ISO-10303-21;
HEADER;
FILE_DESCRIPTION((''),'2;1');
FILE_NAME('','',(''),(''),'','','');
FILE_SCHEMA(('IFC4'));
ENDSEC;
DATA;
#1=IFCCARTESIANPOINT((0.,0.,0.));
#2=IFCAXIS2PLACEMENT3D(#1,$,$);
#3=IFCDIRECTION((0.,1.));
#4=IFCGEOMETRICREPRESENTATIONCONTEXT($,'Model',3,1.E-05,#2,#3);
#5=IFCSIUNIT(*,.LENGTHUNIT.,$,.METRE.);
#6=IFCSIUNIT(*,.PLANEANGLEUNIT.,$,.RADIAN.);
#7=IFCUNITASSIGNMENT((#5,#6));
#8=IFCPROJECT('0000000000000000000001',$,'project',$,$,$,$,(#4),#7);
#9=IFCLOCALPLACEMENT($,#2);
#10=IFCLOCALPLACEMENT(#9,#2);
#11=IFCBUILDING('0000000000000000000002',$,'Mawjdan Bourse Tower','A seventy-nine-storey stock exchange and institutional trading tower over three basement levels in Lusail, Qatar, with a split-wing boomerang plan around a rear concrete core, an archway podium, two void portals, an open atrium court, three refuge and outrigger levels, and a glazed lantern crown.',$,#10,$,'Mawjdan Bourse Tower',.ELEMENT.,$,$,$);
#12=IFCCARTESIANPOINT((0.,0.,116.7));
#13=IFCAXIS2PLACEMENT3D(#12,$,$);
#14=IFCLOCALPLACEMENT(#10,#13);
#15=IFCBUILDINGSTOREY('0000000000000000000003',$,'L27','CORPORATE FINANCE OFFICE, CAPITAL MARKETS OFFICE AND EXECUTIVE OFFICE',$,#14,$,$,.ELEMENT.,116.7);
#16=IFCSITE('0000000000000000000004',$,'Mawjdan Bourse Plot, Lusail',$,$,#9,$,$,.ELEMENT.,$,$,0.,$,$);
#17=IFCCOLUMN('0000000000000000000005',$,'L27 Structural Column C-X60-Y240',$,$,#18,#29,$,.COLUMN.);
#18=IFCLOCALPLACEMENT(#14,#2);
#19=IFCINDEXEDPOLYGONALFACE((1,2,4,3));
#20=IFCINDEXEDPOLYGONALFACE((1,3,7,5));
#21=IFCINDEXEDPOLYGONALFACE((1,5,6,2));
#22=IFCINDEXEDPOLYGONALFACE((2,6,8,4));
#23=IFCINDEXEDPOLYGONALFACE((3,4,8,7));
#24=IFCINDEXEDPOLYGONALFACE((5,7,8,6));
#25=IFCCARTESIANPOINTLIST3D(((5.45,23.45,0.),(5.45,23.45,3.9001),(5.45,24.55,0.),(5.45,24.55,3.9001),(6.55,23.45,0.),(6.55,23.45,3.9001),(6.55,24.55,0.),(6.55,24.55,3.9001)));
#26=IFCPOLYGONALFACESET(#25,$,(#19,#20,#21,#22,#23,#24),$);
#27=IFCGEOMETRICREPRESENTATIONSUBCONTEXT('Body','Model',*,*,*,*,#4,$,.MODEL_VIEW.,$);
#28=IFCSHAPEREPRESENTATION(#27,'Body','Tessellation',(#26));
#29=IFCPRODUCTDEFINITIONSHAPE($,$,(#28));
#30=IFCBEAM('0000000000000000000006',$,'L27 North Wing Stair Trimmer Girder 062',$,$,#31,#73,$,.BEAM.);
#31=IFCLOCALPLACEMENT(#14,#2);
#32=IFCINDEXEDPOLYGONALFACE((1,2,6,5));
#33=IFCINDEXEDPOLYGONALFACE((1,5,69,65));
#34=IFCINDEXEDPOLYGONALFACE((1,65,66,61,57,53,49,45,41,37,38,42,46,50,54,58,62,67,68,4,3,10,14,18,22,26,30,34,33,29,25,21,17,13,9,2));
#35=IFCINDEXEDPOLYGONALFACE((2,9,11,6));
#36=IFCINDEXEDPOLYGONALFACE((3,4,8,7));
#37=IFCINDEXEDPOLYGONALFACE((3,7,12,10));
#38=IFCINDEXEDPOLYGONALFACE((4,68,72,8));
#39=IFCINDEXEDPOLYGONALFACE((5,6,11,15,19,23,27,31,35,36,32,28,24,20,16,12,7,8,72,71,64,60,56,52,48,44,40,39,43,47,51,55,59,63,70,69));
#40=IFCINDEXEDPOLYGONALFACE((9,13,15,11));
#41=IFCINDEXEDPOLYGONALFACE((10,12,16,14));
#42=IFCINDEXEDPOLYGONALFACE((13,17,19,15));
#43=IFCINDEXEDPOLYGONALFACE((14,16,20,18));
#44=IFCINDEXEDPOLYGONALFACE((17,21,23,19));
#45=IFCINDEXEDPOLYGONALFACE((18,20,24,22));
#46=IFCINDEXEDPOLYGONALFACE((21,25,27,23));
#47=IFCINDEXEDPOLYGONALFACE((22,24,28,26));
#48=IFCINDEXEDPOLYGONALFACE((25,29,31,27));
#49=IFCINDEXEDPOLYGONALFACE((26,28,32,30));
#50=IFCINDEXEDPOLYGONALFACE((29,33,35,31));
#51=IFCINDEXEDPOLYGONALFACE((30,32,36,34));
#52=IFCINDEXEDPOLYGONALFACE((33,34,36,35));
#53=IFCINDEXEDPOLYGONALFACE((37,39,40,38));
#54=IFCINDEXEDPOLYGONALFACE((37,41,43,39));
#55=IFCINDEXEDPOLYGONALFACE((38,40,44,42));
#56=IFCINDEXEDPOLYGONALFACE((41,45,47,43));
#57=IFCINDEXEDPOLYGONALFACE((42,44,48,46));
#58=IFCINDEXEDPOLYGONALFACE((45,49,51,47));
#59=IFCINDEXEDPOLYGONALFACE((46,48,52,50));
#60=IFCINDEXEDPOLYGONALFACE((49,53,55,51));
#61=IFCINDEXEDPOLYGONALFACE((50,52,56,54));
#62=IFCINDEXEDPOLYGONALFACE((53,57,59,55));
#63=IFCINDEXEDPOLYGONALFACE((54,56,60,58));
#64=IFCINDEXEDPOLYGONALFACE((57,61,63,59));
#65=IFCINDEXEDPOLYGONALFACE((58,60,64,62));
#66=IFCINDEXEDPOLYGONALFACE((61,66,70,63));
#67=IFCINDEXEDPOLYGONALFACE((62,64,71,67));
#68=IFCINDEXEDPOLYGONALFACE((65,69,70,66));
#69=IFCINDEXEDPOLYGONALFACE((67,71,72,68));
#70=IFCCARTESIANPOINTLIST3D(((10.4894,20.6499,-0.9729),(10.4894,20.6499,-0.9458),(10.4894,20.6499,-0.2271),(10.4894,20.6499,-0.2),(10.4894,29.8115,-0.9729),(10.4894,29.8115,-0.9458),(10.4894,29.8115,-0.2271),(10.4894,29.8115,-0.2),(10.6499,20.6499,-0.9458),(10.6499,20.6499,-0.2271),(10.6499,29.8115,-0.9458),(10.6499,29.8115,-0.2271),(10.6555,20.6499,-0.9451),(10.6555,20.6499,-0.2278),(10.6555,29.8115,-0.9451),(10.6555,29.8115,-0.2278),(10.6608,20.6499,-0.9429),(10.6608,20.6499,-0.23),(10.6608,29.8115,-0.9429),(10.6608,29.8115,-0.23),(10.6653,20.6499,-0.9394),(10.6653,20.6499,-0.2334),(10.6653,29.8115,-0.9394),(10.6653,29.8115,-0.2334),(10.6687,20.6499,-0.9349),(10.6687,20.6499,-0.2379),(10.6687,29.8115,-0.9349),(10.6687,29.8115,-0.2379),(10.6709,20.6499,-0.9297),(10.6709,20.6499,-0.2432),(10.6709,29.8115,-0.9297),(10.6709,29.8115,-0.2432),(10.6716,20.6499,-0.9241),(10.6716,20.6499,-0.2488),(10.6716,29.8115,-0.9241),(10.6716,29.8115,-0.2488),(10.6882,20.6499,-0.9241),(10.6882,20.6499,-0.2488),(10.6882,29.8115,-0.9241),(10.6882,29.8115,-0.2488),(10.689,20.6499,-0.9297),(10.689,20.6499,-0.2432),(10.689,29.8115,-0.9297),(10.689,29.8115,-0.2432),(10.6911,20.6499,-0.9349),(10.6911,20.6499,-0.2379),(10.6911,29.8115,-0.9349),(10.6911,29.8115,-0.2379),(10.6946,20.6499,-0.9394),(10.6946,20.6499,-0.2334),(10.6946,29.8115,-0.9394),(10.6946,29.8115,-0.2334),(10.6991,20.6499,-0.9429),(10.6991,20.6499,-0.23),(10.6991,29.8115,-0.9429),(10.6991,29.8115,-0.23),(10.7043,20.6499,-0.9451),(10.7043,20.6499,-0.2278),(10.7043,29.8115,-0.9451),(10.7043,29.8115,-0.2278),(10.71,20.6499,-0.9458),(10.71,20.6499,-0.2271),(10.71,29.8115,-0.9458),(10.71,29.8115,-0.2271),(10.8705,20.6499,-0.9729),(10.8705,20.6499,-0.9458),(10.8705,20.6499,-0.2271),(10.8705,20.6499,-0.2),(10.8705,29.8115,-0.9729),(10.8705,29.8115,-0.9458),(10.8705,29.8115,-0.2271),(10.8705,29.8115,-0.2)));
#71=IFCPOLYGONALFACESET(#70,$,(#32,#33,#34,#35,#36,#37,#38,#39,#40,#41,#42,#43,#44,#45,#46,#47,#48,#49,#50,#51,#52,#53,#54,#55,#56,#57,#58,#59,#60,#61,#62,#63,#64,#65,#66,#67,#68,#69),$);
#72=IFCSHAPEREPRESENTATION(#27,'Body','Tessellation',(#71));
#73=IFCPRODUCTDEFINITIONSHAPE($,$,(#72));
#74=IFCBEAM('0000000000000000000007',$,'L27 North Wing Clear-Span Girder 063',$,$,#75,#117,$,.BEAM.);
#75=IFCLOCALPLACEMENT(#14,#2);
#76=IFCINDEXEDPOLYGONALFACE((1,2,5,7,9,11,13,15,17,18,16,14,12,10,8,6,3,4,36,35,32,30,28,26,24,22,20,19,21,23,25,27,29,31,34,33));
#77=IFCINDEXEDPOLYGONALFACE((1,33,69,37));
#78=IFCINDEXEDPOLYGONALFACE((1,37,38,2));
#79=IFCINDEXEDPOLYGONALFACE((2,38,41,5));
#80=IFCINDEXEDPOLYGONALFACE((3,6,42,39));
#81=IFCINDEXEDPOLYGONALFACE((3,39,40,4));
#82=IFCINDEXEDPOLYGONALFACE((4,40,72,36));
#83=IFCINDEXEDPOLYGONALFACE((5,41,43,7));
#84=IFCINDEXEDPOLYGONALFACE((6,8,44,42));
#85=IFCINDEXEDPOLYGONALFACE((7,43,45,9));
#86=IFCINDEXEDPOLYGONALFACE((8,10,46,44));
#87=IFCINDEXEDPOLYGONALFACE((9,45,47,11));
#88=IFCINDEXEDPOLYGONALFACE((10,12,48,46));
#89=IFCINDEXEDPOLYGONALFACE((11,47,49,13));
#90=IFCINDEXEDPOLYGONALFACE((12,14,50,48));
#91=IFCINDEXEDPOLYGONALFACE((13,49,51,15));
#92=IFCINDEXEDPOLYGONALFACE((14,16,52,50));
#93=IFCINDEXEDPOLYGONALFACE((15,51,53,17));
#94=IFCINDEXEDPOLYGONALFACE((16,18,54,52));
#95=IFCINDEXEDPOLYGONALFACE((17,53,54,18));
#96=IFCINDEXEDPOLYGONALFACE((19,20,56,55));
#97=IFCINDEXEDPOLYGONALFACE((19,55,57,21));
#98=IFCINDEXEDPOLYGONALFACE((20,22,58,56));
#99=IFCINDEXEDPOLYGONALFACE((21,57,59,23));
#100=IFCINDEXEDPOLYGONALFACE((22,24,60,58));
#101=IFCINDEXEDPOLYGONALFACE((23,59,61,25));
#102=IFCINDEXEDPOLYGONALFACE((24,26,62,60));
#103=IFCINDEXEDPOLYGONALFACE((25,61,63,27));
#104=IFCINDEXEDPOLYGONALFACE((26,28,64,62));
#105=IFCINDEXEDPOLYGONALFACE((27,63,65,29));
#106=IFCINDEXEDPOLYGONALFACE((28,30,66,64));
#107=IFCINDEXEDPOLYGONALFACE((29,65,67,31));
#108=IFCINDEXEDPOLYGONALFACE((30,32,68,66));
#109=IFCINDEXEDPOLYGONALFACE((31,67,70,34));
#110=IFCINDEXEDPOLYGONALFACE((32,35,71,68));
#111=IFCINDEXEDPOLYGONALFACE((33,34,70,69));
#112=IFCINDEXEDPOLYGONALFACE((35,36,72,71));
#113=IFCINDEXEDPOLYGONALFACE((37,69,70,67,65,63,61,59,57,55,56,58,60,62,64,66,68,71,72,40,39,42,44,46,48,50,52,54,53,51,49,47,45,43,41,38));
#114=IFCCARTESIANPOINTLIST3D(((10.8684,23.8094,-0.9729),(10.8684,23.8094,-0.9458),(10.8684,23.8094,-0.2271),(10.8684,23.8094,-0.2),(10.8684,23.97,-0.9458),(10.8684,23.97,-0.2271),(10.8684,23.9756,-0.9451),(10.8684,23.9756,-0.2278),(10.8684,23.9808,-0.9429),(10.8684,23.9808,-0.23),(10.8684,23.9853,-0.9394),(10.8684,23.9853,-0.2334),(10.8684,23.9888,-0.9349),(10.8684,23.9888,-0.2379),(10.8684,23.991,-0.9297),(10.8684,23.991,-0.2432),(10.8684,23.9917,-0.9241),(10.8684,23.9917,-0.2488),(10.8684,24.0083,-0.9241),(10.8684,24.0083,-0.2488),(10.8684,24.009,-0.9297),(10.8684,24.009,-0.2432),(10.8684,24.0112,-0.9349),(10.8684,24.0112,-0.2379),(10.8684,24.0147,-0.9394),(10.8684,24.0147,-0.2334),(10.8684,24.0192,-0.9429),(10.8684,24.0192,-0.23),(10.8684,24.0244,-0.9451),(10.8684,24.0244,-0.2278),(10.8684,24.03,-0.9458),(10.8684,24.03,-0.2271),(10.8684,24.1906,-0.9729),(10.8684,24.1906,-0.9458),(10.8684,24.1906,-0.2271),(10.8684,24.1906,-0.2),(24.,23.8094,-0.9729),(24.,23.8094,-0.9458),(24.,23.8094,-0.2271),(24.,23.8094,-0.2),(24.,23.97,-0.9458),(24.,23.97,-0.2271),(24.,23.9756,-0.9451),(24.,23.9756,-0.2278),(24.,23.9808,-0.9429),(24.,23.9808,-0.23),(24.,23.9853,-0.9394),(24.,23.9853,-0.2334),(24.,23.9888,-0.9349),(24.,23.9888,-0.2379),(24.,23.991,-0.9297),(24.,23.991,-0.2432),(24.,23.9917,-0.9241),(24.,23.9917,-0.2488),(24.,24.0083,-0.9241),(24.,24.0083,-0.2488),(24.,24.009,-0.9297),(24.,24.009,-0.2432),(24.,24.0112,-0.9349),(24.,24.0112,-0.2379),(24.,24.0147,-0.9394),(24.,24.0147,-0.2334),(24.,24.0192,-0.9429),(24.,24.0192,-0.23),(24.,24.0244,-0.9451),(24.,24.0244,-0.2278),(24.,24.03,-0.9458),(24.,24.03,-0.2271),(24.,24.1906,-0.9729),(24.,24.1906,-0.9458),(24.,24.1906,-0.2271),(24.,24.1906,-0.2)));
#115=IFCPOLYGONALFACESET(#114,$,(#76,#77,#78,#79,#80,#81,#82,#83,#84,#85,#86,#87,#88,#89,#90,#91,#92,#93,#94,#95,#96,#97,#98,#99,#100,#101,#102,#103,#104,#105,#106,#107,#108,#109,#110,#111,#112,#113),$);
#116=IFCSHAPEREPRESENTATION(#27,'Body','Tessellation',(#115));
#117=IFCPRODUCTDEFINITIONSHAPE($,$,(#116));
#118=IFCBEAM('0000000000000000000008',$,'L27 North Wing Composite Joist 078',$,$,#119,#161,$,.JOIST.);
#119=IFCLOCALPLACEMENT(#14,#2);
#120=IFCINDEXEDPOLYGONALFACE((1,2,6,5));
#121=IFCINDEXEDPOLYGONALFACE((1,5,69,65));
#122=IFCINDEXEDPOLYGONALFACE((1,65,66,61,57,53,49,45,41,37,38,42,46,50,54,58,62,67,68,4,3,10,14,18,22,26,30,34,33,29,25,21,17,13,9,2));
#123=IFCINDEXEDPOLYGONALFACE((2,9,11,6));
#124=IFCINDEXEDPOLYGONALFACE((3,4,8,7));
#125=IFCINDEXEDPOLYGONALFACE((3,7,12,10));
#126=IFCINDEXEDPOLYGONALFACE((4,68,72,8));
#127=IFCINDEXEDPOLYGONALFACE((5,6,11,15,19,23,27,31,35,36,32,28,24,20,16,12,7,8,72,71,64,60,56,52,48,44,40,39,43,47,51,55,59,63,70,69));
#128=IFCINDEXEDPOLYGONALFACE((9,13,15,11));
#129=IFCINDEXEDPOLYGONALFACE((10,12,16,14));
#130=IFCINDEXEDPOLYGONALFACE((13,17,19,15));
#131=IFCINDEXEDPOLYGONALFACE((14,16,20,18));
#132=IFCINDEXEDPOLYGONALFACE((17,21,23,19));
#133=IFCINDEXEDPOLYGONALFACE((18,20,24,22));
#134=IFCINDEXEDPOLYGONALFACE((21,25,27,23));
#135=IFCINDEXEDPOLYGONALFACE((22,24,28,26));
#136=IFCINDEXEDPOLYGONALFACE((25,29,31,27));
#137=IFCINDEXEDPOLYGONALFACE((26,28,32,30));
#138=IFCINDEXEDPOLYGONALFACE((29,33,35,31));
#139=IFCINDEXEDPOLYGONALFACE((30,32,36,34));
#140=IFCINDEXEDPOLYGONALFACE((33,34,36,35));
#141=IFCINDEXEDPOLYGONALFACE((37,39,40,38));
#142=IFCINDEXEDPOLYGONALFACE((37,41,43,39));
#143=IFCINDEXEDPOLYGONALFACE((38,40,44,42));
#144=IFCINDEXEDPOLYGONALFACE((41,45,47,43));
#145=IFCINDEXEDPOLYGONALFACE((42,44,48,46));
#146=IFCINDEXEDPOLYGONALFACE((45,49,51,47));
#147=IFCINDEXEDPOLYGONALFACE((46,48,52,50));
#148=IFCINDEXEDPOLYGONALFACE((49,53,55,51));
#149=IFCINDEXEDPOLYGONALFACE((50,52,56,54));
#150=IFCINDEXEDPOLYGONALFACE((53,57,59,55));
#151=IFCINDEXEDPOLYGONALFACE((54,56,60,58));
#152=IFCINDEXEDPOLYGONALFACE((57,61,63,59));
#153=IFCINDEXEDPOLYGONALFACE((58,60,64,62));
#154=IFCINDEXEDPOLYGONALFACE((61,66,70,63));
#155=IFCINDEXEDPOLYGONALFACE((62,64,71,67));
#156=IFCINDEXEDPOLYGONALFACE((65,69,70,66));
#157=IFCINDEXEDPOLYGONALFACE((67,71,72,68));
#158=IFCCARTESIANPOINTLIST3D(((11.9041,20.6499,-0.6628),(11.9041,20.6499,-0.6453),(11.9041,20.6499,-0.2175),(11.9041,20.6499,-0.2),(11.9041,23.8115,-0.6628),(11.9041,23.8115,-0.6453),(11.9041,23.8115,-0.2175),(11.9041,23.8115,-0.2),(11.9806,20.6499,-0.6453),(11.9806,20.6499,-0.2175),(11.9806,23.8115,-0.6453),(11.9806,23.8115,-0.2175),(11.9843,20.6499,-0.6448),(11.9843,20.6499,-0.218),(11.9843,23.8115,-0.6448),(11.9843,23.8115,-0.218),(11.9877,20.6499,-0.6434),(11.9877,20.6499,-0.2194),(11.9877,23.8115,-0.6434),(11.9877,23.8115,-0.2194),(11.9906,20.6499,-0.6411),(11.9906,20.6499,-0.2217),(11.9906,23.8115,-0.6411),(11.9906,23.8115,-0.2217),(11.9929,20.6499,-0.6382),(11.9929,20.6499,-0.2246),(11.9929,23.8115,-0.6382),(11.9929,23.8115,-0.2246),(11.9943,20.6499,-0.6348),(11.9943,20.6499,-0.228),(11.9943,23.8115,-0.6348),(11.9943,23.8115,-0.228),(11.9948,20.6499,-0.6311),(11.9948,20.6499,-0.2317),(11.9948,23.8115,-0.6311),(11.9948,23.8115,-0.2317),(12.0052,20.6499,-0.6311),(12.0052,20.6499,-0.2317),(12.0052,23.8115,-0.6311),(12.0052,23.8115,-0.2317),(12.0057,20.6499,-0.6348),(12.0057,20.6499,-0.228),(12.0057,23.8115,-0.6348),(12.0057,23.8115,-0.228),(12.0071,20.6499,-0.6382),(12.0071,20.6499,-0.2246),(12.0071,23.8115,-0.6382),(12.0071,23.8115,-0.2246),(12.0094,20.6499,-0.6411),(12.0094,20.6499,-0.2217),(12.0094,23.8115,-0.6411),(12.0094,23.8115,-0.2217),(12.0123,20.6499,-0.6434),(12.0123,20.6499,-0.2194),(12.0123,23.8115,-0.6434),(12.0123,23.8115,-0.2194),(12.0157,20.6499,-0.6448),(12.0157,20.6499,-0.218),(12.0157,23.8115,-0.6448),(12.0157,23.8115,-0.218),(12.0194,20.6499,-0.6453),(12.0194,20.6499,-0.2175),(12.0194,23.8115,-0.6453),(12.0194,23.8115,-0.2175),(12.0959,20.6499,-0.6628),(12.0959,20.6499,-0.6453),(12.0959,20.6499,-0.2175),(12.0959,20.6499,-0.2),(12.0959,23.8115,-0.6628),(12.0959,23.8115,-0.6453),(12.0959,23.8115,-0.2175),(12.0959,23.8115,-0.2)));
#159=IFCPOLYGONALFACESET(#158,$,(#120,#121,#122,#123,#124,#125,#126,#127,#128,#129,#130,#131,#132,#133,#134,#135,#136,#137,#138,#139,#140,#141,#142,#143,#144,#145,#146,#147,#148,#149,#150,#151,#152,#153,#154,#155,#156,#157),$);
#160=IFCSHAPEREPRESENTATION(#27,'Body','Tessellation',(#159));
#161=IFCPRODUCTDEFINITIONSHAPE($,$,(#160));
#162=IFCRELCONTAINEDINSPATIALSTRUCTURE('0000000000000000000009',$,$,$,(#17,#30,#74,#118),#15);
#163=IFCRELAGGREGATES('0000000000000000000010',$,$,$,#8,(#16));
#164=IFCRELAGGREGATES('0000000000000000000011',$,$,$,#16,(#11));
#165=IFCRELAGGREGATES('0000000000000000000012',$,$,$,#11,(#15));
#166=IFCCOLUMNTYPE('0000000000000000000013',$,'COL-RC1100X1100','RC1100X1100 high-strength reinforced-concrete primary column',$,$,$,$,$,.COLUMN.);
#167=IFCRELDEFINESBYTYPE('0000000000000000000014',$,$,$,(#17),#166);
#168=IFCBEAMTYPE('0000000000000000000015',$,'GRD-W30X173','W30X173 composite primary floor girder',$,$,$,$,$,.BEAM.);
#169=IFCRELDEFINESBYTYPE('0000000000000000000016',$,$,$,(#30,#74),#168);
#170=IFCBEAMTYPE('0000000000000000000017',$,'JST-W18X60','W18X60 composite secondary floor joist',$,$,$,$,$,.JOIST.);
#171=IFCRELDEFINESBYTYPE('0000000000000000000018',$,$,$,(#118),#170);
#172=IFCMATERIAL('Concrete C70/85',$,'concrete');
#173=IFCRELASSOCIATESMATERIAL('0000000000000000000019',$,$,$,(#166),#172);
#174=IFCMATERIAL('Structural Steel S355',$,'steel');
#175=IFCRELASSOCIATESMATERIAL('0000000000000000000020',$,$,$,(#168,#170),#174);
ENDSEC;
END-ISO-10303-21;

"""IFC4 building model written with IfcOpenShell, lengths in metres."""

from ifc_helpers import new_model, si_unit, direction, frame, origin, origin_2d, place, context, subcontext, project, spatial, rectangle, i_section, extrude, material, material_profile, profile_set, type_object, element, save


model = new_model("IFC4")

# Units and contexts
model_context = context("Model", 3, precision=1e-05, world=origin(), true_north=direction((0.0, 1.0)))
body_context = subcontext(model_context, "Body", "Model", "MODEL_VIEW")
ifc_project = project(units=[si_unit("LENGTHUNIT", "METRE"), si_unit("PLANEANGLEUNIT", "RADIAN")], contexts=[model_context])

# Site, building, storey
site_placement = place(None, origin())
site = spatial("IfcSite", under=ifc_project, at=site_placement, Name="Mawjdan Bourse Plot, Lusail", CompositionType="ELEMENT", RefElevation=0.0)
building_placement = place(site_placement, origin())
building = spatial("IfcBuilding", under=site, at=building_placement, Name="Mawjdan Bourse Tower", Description="A seventy-nine-storey stock exchange and institutional trading tower over three basement levels in Lusail, Qatar, with a split-wing boomerang plan around a rear concrete core, an archway podium, two void portals, an open atrium court, three refuge and outrigger levels, and a glazed lantern crown.", LongName="Mawjdan Bourse Tower", CompositionType="ELEMENT")
storey_placement = place(building_placement, frame((0.0, 0.0, 116.7)))
storey = spatial("IfcBuildingStorey", under=building, at=storey_placement, Name="L27", Description="CORPORATE FINANCE OFFICE, CAPITAL MARKETS OFFICE AND EXECUTIVE OFFICE", CompositionType="ELEMENT", Elevation=116.7)

# Column
ifc_material_1 = material(Name="Concrete C70/85", Category="concrete")
ifc_material_profile_1 = material_profile(ifc_material_1, rectangle(XDim=1.1001, YDim=1.1001, at=origin_2d()), Name="RC1100X1100")
ifc_profile_set_1 = profile_set([ifc_material_profile_1], Name="Concrete C70/85")
column_type = type_object("IfcColumnType", Name="COL-RC1100X1100", Description="RC1100X1100 high-strength reinforced-concrete primary column", PredefinedType="COLUMN", material=ifc_profile_set_1)
column_placement = place(storey_placement, frame((6.0, 24.0, 0.0), z_axis=(0.0, 0.0, 1.0), x_axis=(1.0, 0.0, 0.0)))
element("IfcColumn", 1, at=column_placement, inside=storey, type_object=column_type, Name="L27 Structural Column C-X60-Y240", PredefinedType="COLUMN", context=body_context, shape_type="SweptSolid", body=[
    extrude(rectangle(XDim=1.1001, YDim=1.1001, at=origin_2d()), origin(), (0.0, 0.0, 1.0), 3.9001),
])

# Beams
ifc_material_2 = material(Name="Structural Steel S355", Category="steel")
ifc_material_profile_2 = material_profile(ifc_material_2, i_section(OverallWidth=0.3811, OverallDepth=0.7729, WebThickness=0.0166, FlangeThickness=0.0271, FilletRadius=0.0217, at=origin_2d()), Name="W30X173")
ifc_profile_set_2 = profile_set([ifc_material_profile_2], Name="Structural Steel S355")
beam_type_1 = type_object("IfcBeamType", Name="GRD-W30X173", Description="W30X173 composite primary floor girder", PredefinedType="BEAM", material=ifc_profile_set_2)
beam_1_placement = place(storey_placement, frame((10.6799, 20.6499, -0.5864), z_axis=(0.0, 1.0, 0.0), x_axis=(-1.0, 0.0, 0.0)))
element("IfcBeam", 2, at=beam_1_placement, inside=storey, type_object=beam_type_1, Name="L27 North Wing Stair Trimmer Girder 062", PredefinedType="BEAM", context=body_context, shape_type="SweptSolid", body=[
    extrude(i_section(OverallWidth=0.3811, OverallDepth=0.7729, WebThickness=0.0166, FlangeThickness=0.0271, FilletRadius=0.0217, at=origin_2d()), origin(), (0.0, 0.0, 1.0), 9.1616),
])
beam_2_placement = place(storey_placement, frame((10.8684, 24.0, -0.5864), z_axis=(1.0, 0.0, 0.0), x_axis=(0.0, 1.0, 0.0)))
element("IfcBeam", 3, at=beam_2_placement, inside=storey, type_object=beam_type_1, Name="L27 North Wing Clear-Span Girder 063", PredefinedType="BEAM", context=body_context, shape_type="SweptSolid", body=[
    extrude(i_section(OverallWidth=0.3811, OverallDepth=0.7729, WebThickness=0.0166, FlangeThickness=0.0271, FilletRadius=0.0217, at=origin_2d()), origin(), (0.0, 0.0, 1.0), 13.1316),
])
ifc_material_profile_3 = material_profile(ifc_material_2, i_section(OverallWidth=0.1919, OverallDepth=0.4629, WebThickness=0.0105, FlangeThickness=0.0176, FilletRadius=0.0142, at=origin_2d()), Name="W18X60")
ifc_profile_set_3 = profile_set([ifc_material_profile_3], Name="Structural Steel S355")
beam_type_2 = type_object("IfcBeamType", Name="JST-W18X60", Description="W18X60 composite secondary floor joist", PredefinedType="JOIST", material=ifc_profile_set_3)
beam_3_placement = place(storey_placement, frame((12.0, 20.6499, -0.4314), z_axis=(0.0, 1.0, 0.0), x_axis=(-1.0, 0.0, 0.0)))
element("IfcBeam", 4, at=beam_3_placement, inside=storey, type_object=beam_type_2, Name="L27 North Wing Composite Joist 078", PredefinedType="JOIST", context=body_context, shape_type="SweptSolid", body=[
    extrude(i_section(OverallWidth=0.1919, OverallDepth=0.4629, WebThickness=0.0105, FlangeThickness=0.0176, FilletRadius=0.0142, at=origin_2d()), origin(), (0.0, 0.0, 1.0), 3.1616),
])

save(model, "model.ifc")
